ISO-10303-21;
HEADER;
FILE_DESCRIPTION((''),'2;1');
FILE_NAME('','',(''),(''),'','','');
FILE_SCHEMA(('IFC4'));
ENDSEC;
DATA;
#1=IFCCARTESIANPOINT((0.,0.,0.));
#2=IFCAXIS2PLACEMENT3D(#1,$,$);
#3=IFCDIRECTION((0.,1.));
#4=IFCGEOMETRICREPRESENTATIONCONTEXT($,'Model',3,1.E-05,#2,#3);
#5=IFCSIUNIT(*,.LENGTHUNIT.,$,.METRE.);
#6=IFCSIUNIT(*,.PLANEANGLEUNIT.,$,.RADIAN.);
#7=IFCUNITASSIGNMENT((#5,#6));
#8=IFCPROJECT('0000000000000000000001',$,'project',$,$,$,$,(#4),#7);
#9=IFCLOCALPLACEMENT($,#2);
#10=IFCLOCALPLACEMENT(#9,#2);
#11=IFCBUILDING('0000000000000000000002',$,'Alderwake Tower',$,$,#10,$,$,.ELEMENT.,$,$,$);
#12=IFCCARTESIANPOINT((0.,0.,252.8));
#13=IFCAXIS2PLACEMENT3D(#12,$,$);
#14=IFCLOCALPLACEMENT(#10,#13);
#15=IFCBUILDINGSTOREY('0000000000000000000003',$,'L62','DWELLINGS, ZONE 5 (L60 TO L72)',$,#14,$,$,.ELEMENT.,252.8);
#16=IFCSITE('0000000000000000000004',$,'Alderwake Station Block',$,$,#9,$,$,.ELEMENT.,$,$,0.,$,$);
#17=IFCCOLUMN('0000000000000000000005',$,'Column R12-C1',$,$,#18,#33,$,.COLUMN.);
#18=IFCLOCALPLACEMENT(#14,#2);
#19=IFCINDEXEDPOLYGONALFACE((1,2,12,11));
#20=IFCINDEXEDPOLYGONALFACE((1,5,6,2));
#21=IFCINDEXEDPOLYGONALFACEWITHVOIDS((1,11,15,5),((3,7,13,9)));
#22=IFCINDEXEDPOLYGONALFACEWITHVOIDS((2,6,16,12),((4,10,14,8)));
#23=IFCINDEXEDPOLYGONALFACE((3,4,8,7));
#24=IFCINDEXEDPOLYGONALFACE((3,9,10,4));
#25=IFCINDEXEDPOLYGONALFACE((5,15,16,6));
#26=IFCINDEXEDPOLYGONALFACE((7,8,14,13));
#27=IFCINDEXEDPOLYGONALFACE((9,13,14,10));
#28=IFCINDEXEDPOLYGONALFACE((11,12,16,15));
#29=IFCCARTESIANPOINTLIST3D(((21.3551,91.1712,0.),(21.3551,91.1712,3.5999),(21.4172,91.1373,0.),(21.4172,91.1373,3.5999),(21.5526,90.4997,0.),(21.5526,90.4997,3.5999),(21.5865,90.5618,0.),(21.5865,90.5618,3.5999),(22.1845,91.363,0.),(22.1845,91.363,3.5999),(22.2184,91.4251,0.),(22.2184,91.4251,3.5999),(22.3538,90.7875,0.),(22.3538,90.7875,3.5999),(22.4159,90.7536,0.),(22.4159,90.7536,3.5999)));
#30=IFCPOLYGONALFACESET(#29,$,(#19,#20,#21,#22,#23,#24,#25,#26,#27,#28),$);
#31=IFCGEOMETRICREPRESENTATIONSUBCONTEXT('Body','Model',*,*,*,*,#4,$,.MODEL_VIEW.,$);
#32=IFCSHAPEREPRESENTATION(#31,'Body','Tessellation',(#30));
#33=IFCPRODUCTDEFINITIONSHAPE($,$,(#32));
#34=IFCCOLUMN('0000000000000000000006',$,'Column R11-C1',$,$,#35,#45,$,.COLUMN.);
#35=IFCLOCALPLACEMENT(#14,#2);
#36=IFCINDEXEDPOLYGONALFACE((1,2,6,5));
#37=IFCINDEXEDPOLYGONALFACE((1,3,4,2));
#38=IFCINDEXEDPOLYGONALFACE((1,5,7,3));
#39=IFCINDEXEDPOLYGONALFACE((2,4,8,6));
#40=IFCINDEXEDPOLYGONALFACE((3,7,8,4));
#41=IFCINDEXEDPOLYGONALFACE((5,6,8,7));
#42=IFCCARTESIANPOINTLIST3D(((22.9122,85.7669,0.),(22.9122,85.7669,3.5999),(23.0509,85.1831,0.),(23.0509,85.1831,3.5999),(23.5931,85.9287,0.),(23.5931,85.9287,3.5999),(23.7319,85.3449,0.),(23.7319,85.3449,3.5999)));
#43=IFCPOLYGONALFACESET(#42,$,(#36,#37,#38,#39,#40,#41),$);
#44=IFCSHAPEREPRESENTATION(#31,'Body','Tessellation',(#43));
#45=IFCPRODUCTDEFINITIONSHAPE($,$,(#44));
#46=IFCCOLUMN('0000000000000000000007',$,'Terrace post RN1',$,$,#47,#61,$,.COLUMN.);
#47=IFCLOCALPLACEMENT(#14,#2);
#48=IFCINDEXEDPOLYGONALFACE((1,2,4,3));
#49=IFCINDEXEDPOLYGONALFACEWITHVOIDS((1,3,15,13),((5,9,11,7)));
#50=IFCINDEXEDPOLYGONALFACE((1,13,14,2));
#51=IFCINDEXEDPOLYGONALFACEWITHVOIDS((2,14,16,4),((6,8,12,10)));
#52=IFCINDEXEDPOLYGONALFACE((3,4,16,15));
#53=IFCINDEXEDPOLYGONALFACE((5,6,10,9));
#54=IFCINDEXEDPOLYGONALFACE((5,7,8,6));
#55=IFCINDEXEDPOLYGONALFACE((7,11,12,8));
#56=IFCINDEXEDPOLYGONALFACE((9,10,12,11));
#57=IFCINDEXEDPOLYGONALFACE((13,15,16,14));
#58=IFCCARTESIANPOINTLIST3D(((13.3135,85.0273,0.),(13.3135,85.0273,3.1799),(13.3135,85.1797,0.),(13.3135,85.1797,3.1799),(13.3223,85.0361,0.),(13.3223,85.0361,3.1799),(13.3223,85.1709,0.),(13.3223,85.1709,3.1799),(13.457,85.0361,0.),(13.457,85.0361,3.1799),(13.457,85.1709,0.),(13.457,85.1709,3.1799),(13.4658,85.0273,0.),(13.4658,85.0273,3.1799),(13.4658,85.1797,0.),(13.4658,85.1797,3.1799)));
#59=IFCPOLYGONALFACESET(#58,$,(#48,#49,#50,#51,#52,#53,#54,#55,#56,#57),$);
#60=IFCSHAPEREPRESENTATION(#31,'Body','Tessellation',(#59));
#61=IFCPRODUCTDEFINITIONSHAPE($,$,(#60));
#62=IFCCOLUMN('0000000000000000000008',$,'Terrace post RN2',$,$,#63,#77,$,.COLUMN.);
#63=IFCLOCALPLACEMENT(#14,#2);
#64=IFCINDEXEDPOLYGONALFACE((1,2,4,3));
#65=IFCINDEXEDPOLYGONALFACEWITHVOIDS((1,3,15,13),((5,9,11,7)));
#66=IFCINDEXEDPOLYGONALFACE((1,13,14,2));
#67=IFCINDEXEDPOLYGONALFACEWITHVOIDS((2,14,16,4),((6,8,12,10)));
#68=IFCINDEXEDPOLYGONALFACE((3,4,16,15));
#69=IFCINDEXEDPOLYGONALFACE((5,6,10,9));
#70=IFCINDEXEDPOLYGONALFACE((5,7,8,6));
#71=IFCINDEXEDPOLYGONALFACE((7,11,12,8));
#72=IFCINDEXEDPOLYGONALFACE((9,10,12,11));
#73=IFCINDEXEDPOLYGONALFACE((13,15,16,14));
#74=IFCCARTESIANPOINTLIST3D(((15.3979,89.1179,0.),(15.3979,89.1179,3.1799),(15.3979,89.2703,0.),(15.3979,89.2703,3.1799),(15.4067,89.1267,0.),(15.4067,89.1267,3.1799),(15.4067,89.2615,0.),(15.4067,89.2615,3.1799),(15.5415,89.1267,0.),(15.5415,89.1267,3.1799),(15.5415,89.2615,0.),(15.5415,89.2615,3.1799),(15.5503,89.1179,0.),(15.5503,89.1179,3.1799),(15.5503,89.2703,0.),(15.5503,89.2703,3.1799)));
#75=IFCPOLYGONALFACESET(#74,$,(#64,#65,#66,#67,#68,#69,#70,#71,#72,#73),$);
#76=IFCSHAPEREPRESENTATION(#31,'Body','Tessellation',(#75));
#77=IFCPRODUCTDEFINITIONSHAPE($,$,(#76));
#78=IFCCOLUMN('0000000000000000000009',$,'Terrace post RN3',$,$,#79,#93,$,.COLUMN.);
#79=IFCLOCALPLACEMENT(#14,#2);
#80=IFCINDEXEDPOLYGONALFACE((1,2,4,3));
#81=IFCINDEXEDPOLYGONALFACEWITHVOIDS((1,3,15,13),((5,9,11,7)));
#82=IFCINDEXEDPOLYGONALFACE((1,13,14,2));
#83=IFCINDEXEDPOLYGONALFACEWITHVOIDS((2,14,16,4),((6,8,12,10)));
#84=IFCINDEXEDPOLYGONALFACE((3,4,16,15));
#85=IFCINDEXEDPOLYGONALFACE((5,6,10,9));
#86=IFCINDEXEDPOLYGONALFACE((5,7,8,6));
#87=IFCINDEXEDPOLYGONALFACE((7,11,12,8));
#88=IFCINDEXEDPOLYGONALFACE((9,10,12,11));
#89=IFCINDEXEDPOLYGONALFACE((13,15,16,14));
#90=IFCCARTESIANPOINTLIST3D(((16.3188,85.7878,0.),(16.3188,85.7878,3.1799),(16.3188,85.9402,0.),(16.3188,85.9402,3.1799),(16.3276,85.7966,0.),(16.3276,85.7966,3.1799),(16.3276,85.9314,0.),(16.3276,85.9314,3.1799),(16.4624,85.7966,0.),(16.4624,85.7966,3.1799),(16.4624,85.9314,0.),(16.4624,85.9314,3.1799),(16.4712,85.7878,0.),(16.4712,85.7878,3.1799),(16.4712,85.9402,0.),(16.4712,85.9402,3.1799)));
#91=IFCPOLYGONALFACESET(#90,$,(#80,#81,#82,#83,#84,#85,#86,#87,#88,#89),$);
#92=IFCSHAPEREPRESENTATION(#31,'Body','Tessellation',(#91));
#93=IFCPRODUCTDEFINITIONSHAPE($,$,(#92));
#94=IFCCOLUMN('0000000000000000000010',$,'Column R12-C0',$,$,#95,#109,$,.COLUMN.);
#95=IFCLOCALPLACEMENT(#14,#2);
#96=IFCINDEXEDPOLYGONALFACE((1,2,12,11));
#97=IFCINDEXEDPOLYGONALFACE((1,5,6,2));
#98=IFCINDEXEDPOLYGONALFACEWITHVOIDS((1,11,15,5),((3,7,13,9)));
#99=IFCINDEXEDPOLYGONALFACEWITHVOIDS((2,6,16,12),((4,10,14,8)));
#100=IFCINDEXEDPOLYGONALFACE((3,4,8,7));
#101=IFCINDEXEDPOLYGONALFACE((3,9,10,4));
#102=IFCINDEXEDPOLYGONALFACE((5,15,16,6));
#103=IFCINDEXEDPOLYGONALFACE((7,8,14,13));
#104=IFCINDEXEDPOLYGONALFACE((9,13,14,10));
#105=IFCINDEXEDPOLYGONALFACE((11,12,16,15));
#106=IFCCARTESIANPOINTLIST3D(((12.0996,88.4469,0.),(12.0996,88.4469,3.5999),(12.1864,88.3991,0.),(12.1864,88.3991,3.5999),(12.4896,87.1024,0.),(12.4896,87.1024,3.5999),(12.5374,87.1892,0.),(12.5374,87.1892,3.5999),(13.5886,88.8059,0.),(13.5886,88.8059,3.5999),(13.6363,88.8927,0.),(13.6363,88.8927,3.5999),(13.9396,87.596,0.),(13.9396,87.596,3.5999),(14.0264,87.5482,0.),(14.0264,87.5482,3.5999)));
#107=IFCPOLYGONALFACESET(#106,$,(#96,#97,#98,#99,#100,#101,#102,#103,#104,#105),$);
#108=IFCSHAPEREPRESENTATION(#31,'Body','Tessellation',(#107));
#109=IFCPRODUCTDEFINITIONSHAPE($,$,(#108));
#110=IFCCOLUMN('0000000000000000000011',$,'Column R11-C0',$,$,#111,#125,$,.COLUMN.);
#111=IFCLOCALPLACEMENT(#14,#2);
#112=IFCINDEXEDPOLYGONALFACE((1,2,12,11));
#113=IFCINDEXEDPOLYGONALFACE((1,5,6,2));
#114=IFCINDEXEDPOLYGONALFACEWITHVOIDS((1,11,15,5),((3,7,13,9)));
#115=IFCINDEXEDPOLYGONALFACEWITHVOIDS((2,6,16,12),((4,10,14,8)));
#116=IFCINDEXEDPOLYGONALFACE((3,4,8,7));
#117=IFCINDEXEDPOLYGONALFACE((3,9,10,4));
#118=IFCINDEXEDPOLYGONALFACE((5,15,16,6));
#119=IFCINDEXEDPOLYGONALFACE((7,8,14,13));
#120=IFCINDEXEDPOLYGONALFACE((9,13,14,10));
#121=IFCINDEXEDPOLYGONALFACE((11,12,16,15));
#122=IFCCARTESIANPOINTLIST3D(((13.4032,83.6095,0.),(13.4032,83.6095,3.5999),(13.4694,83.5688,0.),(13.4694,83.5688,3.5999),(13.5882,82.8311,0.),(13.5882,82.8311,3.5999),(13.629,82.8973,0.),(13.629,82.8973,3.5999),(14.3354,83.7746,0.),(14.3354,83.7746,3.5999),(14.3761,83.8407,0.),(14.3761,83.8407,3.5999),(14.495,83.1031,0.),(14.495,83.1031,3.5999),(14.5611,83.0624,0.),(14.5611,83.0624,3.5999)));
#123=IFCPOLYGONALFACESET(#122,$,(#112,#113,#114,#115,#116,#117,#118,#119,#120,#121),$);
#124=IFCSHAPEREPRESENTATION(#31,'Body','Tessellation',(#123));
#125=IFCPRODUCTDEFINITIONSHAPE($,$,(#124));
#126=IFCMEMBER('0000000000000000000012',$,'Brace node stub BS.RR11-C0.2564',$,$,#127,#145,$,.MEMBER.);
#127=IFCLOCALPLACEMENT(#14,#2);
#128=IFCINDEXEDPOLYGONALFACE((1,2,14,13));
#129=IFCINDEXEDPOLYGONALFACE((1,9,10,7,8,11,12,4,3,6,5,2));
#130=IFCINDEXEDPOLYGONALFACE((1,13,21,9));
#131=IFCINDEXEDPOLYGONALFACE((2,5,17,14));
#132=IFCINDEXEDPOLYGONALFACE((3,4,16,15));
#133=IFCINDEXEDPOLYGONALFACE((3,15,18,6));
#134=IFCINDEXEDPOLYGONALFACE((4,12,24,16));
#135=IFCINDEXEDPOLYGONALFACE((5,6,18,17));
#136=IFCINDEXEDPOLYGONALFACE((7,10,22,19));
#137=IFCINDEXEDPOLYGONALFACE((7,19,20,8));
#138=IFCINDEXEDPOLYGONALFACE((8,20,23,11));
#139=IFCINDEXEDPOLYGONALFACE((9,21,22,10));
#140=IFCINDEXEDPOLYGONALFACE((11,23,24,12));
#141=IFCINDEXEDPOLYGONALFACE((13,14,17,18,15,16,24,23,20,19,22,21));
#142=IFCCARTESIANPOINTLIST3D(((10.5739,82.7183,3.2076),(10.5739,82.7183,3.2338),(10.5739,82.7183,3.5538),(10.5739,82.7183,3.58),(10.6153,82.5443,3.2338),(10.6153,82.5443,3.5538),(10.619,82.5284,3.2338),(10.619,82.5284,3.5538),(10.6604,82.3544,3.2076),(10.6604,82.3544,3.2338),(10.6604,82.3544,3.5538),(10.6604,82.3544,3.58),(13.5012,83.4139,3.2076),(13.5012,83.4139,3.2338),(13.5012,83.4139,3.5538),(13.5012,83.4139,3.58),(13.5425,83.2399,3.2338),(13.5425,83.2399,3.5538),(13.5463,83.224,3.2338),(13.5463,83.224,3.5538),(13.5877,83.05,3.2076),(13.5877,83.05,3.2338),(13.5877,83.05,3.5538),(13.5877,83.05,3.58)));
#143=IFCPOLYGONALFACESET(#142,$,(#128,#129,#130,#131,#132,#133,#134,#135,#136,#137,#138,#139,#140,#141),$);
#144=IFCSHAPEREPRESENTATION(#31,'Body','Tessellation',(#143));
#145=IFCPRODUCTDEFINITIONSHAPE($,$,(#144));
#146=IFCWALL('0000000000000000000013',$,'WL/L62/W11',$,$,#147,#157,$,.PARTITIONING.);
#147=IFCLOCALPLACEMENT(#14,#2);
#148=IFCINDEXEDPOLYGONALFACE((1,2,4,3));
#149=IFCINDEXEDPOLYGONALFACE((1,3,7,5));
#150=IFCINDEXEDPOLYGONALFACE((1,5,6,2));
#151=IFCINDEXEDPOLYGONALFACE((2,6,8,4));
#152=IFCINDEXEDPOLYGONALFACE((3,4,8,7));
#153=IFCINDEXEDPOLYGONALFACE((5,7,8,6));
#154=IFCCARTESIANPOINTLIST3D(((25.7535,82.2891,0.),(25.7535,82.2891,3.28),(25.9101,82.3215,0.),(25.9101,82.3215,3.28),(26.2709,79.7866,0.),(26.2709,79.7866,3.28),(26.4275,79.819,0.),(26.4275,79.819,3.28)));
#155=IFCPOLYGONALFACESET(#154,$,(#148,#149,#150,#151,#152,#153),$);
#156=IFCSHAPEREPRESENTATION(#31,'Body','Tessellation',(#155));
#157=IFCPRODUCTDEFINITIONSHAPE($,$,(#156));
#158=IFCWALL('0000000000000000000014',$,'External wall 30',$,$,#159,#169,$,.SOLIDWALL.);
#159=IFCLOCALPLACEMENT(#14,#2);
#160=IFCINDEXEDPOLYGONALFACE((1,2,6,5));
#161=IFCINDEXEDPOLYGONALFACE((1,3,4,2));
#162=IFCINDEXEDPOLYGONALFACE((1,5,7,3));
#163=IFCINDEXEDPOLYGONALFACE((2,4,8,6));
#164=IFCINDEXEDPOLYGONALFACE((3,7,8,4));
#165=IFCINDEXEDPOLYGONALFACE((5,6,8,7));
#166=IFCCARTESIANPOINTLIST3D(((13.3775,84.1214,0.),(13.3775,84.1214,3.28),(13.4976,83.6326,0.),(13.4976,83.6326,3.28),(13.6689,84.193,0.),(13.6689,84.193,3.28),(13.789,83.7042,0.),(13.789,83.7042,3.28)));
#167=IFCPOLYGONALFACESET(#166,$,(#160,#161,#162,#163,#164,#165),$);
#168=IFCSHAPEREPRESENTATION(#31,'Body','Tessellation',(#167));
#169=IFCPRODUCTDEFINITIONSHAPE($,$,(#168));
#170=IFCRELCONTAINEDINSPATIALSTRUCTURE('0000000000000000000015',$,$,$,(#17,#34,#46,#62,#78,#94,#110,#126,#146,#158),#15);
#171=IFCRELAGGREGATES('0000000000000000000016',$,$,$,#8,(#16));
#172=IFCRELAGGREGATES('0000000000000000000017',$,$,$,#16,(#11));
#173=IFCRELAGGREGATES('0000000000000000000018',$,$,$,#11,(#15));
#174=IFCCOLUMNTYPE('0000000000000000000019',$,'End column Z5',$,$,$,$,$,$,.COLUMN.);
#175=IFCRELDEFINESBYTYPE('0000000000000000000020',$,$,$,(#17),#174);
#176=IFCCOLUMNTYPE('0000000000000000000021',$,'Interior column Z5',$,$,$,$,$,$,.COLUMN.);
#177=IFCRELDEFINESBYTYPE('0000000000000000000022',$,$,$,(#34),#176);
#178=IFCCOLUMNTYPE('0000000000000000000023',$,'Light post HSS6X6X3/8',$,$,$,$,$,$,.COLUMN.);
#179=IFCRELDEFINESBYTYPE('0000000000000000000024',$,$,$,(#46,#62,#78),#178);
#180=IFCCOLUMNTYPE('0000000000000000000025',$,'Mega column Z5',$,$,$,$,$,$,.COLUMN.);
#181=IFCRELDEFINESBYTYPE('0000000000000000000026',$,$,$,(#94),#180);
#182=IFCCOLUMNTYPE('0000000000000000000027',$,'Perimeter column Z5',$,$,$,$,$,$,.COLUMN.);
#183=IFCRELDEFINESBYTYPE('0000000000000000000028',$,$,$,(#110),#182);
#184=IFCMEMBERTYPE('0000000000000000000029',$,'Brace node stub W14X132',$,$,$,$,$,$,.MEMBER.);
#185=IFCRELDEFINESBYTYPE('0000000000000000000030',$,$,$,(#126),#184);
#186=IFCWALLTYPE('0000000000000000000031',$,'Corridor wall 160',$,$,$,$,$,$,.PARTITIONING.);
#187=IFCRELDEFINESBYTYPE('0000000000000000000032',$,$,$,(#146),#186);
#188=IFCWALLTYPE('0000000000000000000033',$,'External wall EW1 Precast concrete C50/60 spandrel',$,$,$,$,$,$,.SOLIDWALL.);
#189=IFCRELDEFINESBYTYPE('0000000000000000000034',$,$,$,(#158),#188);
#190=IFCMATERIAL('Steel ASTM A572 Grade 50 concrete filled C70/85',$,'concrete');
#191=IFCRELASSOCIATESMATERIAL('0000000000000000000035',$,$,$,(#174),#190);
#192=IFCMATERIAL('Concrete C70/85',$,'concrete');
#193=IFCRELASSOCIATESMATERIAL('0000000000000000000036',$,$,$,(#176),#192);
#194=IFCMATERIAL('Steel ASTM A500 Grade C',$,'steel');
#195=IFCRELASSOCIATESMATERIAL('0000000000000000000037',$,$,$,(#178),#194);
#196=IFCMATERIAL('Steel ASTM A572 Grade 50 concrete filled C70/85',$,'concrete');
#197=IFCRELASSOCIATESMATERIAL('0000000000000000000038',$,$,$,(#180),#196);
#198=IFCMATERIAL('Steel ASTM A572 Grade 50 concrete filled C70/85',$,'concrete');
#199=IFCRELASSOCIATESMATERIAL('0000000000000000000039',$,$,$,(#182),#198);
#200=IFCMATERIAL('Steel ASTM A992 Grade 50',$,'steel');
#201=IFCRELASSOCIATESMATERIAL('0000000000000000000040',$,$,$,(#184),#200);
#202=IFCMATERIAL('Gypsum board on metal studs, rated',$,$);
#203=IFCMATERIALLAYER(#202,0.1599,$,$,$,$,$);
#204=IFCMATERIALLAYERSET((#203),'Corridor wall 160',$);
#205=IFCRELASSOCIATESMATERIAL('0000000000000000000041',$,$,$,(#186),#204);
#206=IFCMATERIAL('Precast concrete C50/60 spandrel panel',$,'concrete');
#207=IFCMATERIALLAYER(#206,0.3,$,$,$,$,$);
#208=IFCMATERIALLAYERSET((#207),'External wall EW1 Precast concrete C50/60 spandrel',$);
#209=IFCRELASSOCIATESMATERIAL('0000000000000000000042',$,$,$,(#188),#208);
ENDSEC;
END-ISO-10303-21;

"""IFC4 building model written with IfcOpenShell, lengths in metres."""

from ifc_helpers import new_model, si_unit, direction, frame, frame_2d, origin, origin_2d, place, context, subcontext, project, spatial, rectangle, hollow_rectangle, i_section, extrude, material, layer, layer_set, material_profile, profile_set, type_object, element, save


model = new_model("IFC4")

# Units and contexts
model_context = context("Model", 3, precision=1e-05, world=origin(), true_north=direction((0.0, 1.0)))
body_context = subcontext(model_context, "Body", "Model", "MODEL_VIEW")
ifc_project = project(units=[si_unit("LENGTHUNIT", "METRE"), si_unit("PLANEANGLEUNIT", "RADIAN")], contexts=[model_context])

# Site, building, storey
site_placement = place(None, origin())
site = spatial("IfcSite", under=ifc_project, at=site_placement, Name="Alderwake Station Block", CompositionType="ELEMENT", RefElevation=0.0)
building_placement = place(site_placement, origin())
building = spatial("IfcBuilding", under=site, at=building_placement, Name="Alderwake Tower", CompositionType="ELEMENT")
storey_placement = place(building_placement, frame((0.0, 0.0, 252.8)))
storey = spatial("IfcBuildingStorey", under=building, at=storey_placement, Name="L62", Description="DWELLINGS, ZONE 5 (L60 TO L72)", CompositionType="ELEMENT", Elevation=252.8)

# Columns
ifc_material_1 = material(Name="Steel ASTM A572 Grade 50 concrete filled C70/85", Category="concrete")
ifc_material_profile_1 = material_profile(ifc_material_1, hollow_rectangle(XDim=0.7, YDim=0.8999, WallThickness=0.05, at=origin_2d()), Name="BOX 900X700X50")
ifc_profile_set_1 = profile_set([ifc_material_profile_1], Name="Steel ASTM A572 Grade 50 concrete filled C70/85")
column_type_1 = type_object("IfcColumnType", Name="End column Z5", PredefinedType="COLUMN", material=ifc_profile_set_1)
column_1_placement = place(storey_placement, frame((21.8855, 90.9624, 0.0), z_axis=(0.0, 0.0, 1.0), x_axis=(-0.282132, 0.959376, 0.0)))
element("IfcColumn", 1, at=column_1_placement, inside=storey, type_object=column_type_1, Name="Column R12-C1", PredefinedType="COLUMN", context=body_context, shape_type="SweptSolid", body=[
    extrude(hollow_rectangle(XDim=0.7, YDim=0.8999, WallThickness=0.05, at=origin_2d()), origin(), (0.0, 0.0, 1.0), 3.5999),
])
ifc_material_2 = material(Name="Concrete C70/85", Category="concrete")
ifc_material_profile_2 = material_profile(ifc_material_2, rectangle(XDim=0.6001, YDim=0.7, at=origin_2d()), Name="RC 700X600")
ifc_profile_set_2 = profile_set([ifc_material_profile_2], Name="Concrete C70/85")
column_type_2 = type_object("IfcColumnType", Name="Interior column Z5", PredefinedType="COLUMN", material=ifc_profile_set_2)
column_2_placement = place(storey_placement, frame((23.322, 85.5559, 0.0), z_axis=(0.0, 0.0, 1.0), x_axis=(-0.231222, 0.972901, 0.0)))
element("IfcColumn", 2, at=column_2_placement, inside=storey, type_object=column_type_2, Name="Column R11-C1", PredefinedType="COLUMN", context=body_context, shape_type="SweptSolid", body=[
    extrude(rectangle(XDim=0.6001, YDim=0.7, at=origin_2d()), origin(), (0.0, 0.0, 1.0), 3.5999),
])
ifc_material_3 = material(Name="Steel ASTM A500 Grade C", Category="steel")
ifc_material_profile_3 = material_profile(ifc_material_3, hollow_rectangle(XDim=0.1523, YDim=0.1523, WallThickness=0.0088, at=origin_2d()), Name="HSS6X6X3/8")
ifc_profile_set_3 = profile_set([ifc_material_profile_3], Name="Steel ASTM A500 Grade C")
column_type_3 = type_object("IfcColumnType", Name="Light post HSS6X6X3/8", PredefinedType="COLUMN", material=ifc_profile_set_3)
for number, where, z_axis, x_axis, name in (
    (3, (13.3896, 85.1035, 0.0), (0.0, 0.0, 1.0), (1.0, 0.0, 0.0), "Terrace post RN1"),
    (4, (15.4741, 89.1941, 0.0), (0.0, 0.0, 1.0), (1.0, 0.0, 0.0), "Terrace post RN2"),
    (5, (16.395, 85.864, 0.0), (0.0, 0.0, 1.0), (1.0, 0.0, 0.0), "Terrace post RN3"),
):
    element("IfcColumn", number, at=place(storey_placement, frame(where, z_axis=z_axis, x_axis=x_axis)), inside=storey, type_object=column_type_3, Name=name, PredefinedType="COLUMN", context=body_context, shape_type="SweptSolid", body=[
        extrude(hollow_rectangle(XDim=0.1523, YDim=0.1523, WallThickness=0.0088, at=origin_2d()), origin(), (0.0, 0.0, 1.0), 3.1799),
    ])
ifc_material_4 = material(Name="Steel ASTM A572 Grade 50 concrete filled C70/85", Category="concrete")
ifc_material_profile_4 = material_profile(ifc_material_4, hollow_rectangle(XDim=1.3999, YDim=1.6001, WallThickness=0.0701, at=origin_2d()), Name="BOX 1600X1400X70")
ifc_profile_set_4 = profile_set([ifc_material_profile_4], Name="Steel ASTM A572 Grade 50 concrete filled C70/85")
column_type_4 = type_object("IfcColumnType", Name="Mega column Z5", PredefinedType="COLUMN", material=ifc_profile_set_4)
column_3_placement = place(storey_placement, frame((13.063, 87.9976, 0.0), z_axis=(0.0, 0.0, 1.0), x_axis=(-0.278612, 0.960404, 0.0)))
element("IfcColumn", 6, at=column_3_placement, inside=storey, type_object=column_type_4, Name="Column R12-C0", PredefinedType="COLUMN", context=body_context, shape_type="SweptSolid", body=[
    extrude(hollow_rectangle(XDim=1.3999, YDim=1.6001, WallThickness=0.0701, at=origin_2d()), origin(), (0.0, 0.0, 1.0), 3.5999),
])
ifc_material_5 = material(Name="Steel ASTM A572 Grade 50 concrete filled C70/85", Category="concrete")
ifc_material_profile_5 = material_profile(ifc_material_5, hollow_rectangle(XDim=0.8, YDim=1.0, WallThickness=0.0549, at=origin_2d()), Name="BOX 1000X800X55")
ifc_profile_set_5 = profile_set([ifc_material_profile_5], Name="Steel ASTM A572 Grade 50 concrete filled C70/85")
column_type_5 = type_object("IfcColumnType", Name="Perimeter column Z5", PredefinedType="COLUMN", material=ifc_profile_set_5)
column_4_placement = place(storey_placement, frame((13.9822, 83.3359, 0.0), z_axis=(0.0, 0.0, 1.0), x_axis=(-0.231222, 0.972901, 0.0)))
element("IfcColumn", 7, at=column_4_placement, inside=storey, type_object=column_type_5, Name="Column R11-C0", PredefinedType="COLUMN", context=body_context, shape_type="SweptSolid", body=[
    extrude(hollow_rectangle(XDim=0.8, YDim=1.0, WallThickness=0.0549, at=origin_2d()), origin(), (0.0, 0.0, 1.0), 3.5999),
])

# Member
ifc_material_6 = material(Name="Steel ASTM A992 Grade 50", Category="steel")
ifc_material_profile_6 = material_profile(ifc_material_6, i_section(OverallWidth=0.374, OverallDepth=0.3723, WebThickness=0.0164, FlangeThickness=0.0261, at=origin_2d()), Name="W14X132")
ifc_profile_set_6 = profile_set([ifc_material_profile_6], Name="Steel ASTM A992 Grade 50")
member_type = type_object("IfcMemberType", Name="Brace node stub W14X132", PredefinedType="MEMBER", material=ifc_profile_set_6)
member_placement = place(storey_placement, frame((13.5444, 83.2319, 3.3938), z_axis=(-0.972911, -0.231178, 0.0), x_axis=(0.231178, -0.972911, 0.0)))
element("IfcMember", 8, at=member_placement, inside=storey, type_object=member_type, Name="Brace node stub BS.RR11-C0.2564", PredefinedType="MEMBER", context=body_context, shape_type="SweptSolid", body=[
    extrude(i_section(OverallWidth=0.374, OverallDepth=0.3723, WebThickness=0.0164, FlangeThickness=0.0261, at=origin_2d()), origin(), (0.0, 0.0, 1.0), 3.0088),
])

# Walls
ifc_material_7 = material(Name="Gypsum board on metal studs, rated")
ifc_layer_1 = layer(ifc_material_7, 0.1599)
ifc_layer_set_1 = layer_set([ifc_layer_1], Name="Corridor wall 160")
wall_type_1 = type_object("IfcWallType", Name="Corridor wall 160", PredefinedType="PARTITIONING", material=ifc_layer_set_1)
wall_1_placement = place(storey_placement, frame((25.8318, 82.3054, 0.0), z_axis=(0.0, 0.0, 1.0), x_axis=(0.202451, -0.979292, 0.0)))
element("IfcWall", 9, at=wall_1_placement, inside=storey, type_object=wall_type_1, Name="WL/L62/W11", PredefinedType="PARTITIONING", context=body_context, shape_type="SweptSolid", body=[
    extrude(rectangle(XDim=2.5554, YDim=0.1599, at=frame_2d((1.2778, 0.0))), origin(), (0.0, 0.0, 1.0), 3.28),
])
ifc_material_8 = material(Name="Precast concrete C50/60 spandrel panel", Category="concrete")
ifc_layer_2 = layer(ifc_material_8, 0.3)
ifc_layer_set_2 = layer_set([ifc_layer_2], Name="External wall EW1 Precast concrete C50/60 spandrel")
wall_type_2 = type_object("IfcWallType", Name="External wall EW1 Precast concrete C50/60 spandrel", PredefinedType="SOLIDWALL", material=ifc_layer_set_2)
wall_2_placement = place(storey_placement, frame((13.5232, 84.1572, 0.0), z_axis=(0.0, 0.0, 1.0), x_axis=(0.238653, -0.971105, 0.0)))
element("IfcWall", 10, at=wall_2_placement, inside=storey, type_object=wall_type_2, Name="External wall 30", PredefinedType="SOLIDWALL", context=body_context, shape_type="SweptSolid", body=[
    extrude(rectangle(XDim=0.5034, YDim=0.3, at=frame_2d((0.2517, 0.0))), origin(), (0.0, 0.0, 1.0), 3.28),
])

save(model, "model.ifc")
